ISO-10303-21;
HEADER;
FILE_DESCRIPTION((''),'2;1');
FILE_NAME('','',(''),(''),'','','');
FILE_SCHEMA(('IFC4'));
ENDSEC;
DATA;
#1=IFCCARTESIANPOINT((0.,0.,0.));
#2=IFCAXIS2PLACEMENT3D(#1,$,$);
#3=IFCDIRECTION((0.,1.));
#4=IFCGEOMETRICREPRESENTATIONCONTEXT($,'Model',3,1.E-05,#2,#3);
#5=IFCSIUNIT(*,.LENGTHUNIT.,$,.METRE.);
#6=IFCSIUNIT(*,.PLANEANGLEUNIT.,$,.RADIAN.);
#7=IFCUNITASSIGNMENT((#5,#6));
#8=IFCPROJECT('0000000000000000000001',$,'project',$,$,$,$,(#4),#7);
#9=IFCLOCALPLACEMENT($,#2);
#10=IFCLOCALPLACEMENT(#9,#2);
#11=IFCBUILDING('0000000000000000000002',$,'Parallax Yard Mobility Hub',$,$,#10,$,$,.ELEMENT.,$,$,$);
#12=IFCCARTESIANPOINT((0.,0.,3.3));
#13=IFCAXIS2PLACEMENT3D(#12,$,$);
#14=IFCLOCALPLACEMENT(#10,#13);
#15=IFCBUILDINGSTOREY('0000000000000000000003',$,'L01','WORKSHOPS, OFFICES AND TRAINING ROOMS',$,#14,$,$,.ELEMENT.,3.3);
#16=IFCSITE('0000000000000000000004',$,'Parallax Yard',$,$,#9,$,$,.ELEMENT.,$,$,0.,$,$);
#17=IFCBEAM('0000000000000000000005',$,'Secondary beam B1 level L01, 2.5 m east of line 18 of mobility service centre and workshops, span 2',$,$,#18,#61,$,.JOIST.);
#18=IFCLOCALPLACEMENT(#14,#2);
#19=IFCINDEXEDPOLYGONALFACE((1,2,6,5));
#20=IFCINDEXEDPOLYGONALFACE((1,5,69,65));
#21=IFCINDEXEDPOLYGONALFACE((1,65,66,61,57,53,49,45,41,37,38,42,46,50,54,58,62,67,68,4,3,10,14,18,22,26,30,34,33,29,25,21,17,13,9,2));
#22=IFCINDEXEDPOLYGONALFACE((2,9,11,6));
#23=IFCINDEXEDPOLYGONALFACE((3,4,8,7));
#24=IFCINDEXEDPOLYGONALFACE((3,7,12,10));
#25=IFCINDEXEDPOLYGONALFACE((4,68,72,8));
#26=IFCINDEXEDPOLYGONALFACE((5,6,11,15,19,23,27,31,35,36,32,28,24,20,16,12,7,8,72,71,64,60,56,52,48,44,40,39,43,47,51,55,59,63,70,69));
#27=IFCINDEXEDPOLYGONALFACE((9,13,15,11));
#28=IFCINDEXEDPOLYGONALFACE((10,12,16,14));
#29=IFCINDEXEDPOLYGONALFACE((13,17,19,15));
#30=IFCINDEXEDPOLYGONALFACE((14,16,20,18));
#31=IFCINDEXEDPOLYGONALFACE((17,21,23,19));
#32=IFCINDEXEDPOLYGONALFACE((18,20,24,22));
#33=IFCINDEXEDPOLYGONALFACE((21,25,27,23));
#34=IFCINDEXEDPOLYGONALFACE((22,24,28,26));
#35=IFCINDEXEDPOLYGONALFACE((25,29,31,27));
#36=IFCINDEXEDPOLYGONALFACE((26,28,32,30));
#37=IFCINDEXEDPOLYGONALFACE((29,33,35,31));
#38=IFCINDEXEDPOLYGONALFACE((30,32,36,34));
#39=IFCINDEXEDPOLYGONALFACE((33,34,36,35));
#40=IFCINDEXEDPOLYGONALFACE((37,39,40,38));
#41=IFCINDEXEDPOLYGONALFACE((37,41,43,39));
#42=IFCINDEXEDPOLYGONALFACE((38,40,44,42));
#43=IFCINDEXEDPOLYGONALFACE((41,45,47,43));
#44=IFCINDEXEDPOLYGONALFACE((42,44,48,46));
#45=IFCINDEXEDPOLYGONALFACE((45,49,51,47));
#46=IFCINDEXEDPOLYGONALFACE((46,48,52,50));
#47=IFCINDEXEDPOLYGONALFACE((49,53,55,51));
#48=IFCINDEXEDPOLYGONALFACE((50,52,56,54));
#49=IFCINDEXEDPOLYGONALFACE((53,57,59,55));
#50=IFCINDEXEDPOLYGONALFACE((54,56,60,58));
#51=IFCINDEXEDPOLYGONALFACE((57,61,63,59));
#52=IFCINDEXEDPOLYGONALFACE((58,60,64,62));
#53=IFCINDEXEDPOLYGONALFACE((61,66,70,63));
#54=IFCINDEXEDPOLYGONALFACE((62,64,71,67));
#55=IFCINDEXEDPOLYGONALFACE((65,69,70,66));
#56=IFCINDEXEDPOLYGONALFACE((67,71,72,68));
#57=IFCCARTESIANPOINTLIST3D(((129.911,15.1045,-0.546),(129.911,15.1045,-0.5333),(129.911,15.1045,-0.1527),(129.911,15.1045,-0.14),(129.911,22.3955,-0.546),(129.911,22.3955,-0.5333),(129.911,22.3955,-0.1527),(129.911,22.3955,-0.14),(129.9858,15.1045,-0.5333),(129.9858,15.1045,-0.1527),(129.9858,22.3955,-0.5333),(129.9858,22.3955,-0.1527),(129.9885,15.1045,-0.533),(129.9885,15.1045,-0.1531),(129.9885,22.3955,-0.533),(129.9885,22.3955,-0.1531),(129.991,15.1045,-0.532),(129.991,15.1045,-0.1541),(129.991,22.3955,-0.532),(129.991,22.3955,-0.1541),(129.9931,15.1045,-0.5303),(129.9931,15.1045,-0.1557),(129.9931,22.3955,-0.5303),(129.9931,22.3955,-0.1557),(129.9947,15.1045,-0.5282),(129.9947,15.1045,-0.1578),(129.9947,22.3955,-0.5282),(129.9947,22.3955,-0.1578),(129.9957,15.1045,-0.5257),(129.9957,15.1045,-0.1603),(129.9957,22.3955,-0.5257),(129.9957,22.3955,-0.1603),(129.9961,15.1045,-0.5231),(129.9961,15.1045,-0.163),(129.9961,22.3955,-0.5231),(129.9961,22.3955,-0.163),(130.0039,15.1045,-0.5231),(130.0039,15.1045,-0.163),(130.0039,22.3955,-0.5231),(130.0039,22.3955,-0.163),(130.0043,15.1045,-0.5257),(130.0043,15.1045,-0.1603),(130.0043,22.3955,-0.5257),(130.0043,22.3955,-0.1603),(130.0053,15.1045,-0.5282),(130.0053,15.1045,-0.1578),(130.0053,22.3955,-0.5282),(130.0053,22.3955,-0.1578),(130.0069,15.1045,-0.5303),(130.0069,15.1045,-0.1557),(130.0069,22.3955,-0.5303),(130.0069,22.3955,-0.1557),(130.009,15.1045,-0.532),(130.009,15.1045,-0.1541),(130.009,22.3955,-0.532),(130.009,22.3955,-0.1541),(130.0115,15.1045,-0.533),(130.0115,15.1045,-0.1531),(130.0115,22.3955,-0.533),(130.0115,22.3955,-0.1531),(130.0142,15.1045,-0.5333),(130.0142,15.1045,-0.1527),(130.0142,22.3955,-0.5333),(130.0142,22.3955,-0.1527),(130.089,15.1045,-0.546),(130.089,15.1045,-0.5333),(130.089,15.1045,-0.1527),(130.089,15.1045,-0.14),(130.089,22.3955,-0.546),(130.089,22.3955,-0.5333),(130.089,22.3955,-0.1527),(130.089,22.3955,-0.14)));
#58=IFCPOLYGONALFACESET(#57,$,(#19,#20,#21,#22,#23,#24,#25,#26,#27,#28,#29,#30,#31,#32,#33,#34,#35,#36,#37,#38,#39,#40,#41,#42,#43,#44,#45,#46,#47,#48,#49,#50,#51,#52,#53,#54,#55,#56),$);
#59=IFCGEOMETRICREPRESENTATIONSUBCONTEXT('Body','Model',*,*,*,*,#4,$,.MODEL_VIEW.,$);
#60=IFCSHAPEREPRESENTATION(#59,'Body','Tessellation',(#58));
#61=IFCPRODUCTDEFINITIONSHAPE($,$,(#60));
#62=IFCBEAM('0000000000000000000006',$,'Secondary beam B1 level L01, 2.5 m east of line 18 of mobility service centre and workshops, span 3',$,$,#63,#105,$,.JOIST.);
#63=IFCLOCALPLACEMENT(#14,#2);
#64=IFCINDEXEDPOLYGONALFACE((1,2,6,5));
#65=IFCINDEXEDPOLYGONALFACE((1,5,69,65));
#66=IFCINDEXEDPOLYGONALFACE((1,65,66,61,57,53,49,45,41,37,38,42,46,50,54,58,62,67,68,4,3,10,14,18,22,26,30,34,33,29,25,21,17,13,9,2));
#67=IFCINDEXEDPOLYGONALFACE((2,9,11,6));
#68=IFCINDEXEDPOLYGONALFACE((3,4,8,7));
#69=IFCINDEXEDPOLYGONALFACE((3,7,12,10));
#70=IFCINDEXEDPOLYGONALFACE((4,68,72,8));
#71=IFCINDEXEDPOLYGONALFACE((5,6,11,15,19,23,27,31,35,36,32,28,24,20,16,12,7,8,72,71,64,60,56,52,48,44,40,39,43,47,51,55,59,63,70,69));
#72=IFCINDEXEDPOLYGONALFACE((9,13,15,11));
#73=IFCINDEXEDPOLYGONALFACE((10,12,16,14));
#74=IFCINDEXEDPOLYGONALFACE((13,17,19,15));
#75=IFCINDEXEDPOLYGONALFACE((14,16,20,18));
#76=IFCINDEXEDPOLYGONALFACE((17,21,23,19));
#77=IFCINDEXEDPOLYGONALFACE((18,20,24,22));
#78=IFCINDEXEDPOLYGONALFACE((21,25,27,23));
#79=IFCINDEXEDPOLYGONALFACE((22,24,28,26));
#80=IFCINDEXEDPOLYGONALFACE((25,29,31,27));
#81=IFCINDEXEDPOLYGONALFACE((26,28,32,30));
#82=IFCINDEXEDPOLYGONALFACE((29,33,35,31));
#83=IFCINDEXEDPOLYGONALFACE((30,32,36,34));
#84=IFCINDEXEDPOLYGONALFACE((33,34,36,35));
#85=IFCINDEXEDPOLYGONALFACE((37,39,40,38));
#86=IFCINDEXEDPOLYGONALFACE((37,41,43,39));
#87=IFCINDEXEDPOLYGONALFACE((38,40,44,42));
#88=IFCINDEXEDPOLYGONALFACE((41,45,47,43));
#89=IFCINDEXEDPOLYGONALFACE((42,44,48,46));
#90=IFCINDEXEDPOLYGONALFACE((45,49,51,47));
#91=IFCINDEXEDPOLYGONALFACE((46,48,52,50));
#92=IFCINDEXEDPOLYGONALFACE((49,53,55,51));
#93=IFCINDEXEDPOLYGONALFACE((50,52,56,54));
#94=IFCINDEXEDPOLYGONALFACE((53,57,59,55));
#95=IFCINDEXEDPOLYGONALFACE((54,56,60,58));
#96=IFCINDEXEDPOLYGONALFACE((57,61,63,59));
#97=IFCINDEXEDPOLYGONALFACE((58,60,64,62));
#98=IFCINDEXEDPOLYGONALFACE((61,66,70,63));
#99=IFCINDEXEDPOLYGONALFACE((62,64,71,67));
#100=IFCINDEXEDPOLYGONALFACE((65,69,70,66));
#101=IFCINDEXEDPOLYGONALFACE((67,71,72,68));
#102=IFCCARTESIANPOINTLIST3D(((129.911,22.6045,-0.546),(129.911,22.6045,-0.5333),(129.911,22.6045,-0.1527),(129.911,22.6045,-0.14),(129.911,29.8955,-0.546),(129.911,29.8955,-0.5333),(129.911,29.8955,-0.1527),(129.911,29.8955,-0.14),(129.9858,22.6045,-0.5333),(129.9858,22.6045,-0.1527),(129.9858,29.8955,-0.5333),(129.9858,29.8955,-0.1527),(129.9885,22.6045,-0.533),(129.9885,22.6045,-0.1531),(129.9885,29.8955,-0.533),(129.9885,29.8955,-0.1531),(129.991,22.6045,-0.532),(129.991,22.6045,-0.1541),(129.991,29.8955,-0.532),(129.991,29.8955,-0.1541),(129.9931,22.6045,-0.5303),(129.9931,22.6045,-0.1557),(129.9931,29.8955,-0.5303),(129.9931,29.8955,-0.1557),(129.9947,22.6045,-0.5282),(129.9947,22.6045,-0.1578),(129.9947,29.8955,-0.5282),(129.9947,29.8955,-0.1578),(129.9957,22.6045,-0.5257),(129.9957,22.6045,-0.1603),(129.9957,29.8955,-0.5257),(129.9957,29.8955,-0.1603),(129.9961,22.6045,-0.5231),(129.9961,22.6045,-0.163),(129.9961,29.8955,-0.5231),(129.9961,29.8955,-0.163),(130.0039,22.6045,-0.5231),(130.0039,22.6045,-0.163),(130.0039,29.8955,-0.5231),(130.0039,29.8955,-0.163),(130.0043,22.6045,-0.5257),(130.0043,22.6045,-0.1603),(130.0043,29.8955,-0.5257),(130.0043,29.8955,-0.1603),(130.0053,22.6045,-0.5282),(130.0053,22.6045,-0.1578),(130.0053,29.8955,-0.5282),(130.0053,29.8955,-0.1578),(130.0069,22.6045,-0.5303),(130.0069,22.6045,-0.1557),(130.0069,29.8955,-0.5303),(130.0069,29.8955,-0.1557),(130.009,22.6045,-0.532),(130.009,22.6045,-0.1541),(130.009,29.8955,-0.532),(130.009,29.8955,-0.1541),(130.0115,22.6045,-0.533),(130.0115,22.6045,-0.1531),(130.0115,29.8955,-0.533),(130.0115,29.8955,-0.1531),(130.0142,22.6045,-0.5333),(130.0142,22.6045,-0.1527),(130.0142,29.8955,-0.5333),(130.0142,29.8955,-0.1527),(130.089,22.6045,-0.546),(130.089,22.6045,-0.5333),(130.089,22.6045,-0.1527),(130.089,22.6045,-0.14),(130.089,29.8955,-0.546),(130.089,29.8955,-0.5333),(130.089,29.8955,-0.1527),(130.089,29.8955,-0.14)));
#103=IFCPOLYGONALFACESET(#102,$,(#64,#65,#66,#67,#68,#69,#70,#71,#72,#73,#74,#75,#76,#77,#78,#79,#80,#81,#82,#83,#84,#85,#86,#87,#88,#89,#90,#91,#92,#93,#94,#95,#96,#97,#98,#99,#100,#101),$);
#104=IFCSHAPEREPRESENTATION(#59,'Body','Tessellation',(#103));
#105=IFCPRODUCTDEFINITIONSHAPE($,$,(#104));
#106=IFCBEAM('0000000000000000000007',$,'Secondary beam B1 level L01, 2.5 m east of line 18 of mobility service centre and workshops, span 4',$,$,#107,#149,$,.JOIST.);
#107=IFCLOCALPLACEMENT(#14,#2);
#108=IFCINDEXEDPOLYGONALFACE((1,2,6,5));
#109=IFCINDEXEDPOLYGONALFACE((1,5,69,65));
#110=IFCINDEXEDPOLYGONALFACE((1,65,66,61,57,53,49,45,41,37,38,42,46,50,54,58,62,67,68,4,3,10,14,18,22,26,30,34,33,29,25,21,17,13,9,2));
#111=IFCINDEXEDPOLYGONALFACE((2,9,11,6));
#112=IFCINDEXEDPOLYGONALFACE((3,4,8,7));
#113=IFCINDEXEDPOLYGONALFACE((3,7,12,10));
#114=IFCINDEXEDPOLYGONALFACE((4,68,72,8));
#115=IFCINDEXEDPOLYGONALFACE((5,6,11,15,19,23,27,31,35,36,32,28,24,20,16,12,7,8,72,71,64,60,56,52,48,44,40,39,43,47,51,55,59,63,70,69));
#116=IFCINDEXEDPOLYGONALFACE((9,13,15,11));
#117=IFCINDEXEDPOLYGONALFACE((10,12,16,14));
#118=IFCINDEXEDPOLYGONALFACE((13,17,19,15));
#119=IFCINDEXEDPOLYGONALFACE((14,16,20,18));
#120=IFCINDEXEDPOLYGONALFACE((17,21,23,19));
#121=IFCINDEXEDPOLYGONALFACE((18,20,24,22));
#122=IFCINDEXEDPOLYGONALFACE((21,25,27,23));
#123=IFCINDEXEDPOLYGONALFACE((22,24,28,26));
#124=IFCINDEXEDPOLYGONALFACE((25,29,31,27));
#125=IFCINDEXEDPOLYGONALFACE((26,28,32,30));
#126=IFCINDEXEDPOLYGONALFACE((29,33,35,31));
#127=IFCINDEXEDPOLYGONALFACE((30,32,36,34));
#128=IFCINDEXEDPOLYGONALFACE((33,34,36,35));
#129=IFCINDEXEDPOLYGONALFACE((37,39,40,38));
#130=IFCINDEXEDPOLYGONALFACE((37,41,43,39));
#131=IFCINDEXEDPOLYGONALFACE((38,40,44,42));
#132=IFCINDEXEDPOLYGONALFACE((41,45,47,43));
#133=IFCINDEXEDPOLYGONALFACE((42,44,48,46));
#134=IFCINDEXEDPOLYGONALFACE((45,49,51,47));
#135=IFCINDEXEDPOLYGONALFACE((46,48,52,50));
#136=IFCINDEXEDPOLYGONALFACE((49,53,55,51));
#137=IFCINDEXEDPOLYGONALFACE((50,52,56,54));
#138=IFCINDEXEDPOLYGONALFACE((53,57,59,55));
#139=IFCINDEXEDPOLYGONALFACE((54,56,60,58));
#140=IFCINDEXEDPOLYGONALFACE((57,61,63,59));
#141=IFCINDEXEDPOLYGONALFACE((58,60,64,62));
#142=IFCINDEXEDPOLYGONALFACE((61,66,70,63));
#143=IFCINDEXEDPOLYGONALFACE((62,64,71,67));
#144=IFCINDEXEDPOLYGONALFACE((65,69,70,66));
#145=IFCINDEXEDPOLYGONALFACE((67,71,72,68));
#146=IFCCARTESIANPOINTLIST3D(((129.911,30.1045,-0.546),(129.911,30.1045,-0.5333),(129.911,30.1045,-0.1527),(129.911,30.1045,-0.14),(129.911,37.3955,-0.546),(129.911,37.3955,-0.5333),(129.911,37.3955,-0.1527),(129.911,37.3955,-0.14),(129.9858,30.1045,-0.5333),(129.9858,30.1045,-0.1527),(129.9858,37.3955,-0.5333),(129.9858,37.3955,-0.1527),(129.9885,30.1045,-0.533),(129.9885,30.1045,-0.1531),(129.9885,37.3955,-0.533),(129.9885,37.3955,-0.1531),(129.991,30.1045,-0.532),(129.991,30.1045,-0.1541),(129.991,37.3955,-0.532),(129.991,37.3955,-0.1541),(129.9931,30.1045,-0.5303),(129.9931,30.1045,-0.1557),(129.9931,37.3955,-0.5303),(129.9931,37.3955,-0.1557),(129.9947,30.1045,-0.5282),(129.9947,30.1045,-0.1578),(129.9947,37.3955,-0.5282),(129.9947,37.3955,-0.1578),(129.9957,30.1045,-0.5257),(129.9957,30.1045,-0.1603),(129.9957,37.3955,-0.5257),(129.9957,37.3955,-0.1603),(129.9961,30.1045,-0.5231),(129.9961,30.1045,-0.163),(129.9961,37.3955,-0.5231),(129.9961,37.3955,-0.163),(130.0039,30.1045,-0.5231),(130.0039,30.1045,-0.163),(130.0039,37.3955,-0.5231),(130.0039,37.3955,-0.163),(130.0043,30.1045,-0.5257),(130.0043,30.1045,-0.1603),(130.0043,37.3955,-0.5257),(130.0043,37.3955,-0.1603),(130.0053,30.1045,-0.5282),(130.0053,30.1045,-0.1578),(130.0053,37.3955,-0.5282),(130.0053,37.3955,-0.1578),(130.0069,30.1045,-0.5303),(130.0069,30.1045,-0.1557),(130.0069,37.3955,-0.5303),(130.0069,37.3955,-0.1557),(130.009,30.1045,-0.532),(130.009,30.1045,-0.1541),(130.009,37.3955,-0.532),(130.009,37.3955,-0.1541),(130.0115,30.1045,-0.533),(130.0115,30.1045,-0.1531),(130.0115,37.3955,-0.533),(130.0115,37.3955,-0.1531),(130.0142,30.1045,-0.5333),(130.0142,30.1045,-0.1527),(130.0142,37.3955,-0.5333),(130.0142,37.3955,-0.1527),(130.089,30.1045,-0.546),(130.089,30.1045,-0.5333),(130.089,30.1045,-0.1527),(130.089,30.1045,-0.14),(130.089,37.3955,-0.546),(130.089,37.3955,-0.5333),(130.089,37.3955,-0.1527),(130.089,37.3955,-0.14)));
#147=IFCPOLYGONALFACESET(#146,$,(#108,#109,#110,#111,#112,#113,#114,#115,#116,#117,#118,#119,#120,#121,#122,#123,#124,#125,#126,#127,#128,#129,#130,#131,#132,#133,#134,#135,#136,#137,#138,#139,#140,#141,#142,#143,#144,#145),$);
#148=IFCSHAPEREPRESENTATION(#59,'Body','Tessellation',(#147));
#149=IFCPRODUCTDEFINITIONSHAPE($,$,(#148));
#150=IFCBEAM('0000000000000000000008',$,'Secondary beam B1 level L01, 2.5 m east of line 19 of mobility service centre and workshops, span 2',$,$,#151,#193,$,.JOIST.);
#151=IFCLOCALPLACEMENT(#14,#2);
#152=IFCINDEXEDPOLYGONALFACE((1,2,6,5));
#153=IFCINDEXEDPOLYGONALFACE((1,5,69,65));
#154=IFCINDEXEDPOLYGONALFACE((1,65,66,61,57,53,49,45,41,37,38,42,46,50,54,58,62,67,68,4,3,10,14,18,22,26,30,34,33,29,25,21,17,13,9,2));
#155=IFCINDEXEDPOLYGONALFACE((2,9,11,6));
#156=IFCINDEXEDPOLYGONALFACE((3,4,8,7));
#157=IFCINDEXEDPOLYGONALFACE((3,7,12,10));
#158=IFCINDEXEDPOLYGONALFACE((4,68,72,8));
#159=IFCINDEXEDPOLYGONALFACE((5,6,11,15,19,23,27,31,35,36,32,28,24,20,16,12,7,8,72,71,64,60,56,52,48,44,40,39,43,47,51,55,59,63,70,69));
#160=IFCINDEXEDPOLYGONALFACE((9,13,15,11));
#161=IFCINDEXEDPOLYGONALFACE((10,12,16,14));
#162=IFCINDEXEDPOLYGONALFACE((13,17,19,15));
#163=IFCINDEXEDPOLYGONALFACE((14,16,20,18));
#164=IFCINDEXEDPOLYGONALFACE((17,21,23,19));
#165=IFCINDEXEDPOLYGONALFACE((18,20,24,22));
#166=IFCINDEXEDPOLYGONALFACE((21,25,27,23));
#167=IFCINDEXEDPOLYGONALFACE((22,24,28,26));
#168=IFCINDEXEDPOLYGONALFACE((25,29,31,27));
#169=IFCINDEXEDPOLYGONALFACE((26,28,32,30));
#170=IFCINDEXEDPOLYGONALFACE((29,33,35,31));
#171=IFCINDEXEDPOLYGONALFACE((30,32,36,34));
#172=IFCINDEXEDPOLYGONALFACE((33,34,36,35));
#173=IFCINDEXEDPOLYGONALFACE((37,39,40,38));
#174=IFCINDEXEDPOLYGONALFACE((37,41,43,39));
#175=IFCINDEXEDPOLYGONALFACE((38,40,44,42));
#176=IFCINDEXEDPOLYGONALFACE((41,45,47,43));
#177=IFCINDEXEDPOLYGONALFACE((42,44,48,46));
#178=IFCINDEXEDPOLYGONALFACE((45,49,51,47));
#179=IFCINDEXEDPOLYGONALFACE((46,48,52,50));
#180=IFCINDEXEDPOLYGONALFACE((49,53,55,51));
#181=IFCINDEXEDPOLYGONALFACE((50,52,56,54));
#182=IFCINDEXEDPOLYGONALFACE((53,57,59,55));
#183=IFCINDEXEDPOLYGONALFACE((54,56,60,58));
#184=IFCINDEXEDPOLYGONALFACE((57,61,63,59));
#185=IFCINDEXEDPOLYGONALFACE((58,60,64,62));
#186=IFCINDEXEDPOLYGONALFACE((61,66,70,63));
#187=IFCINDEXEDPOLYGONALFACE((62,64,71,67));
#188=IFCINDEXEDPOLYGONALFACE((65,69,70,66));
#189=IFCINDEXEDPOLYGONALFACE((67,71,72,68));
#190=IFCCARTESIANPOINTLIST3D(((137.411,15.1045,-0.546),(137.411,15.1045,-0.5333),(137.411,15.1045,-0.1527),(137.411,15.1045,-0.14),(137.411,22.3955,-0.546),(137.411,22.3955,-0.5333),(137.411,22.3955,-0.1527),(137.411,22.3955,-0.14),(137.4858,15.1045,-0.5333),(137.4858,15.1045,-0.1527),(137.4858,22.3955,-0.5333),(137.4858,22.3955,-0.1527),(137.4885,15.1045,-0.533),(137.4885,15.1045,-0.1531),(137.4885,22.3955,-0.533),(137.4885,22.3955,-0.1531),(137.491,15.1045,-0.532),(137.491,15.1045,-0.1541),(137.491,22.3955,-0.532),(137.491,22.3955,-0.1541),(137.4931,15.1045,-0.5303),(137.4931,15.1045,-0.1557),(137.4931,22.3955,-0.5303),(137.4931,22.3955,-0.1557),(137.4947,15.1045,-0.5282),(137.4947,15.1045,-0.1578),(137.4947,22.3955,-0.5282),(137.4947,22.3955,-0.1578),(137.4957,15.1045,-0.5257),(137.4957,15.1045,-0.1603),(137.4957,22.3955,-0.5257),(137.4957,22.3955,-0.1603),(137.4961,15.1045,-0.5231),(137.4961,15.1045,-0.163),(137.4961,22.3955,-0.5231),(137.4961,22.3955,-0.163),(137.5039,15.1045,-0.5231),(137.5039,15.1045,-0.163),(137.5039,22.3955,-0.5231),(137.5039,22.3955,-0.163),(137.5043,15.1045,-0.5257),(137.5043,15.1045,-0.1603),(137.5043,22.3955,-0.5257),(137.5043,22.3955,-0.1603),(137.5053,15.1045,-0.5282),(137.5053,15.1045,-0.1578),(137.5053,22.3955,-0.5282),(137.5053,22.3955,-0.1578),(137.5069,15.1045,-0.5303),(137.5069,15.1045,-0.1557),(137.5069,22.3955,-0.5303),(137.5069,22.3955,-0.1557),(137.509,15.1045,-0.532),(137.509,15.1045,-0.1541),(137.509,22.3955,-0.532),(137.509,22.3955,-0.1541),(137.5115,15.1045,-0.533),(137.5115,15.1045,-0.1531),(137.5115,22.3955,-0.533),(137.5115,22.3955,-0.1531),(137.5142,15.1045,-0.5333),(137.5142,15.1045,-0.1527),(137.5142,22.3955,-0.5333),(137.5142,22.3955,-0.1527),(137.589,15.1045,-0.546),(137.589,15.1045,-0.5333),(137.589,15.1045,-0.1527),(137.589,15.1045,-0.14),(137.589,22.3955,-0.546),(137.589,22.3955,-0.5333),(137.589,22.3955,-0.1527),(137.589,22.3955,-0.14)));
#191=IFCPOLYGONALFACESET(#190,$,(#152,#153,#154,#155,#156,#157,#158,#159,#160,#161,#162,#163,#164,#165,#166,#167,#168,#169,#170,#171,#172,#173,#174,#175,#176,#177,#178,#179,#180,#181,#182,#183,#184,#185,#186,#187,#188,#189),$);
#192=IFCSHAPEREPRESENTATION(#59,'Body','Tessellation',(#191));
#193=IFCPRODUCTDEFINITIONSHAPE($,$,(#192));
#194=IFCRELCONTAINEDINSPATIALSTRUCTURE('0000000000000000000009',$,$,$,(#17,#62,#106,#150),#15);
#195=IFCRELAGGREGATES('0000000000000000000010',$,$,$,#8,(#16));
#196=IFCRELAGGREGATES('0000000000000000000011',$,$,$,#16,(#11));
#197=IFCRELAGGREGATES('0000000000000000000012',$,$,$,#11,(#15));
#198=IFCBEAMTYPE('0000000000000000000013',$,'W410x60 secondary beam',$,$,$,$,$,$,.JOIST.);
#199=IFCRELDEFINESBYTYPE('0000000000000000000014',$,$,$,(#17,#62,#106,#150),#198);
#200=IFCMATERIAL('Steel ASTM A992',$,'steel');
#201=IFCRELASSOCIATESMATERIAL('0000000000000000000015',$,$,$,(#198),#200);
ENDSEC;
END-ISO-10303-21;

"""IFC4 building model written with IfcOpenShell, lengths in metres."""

from ifc_helpers import new_model, si_unit, direction, frame, origin, origin_2d, place, context, subcontext, project, spatial, i_section, extrude, material, material_profile, profile_set, type_object, element, save


model = new_model("IFC4")

# Units and contexts
model_context = context("Model", 3, precision=1e-05, world=origin(), true_north=direction((0.0, 1.0)))
body_context = subcontext(model_context, "Body", "Model", "MODEL_VIEW")
ifc_project = project(units=[si_unit("LENGTHUNIT", "METRE"), si_unit("PLANEANGLEUNIT", "RADIAN")], contexts=[model_context])

# Site, building, storey
site_placement = place(None, origin())
site = spatial("IfcSite", under=ifc_project, at=site_placement, Name="Parallax Yard", CompositionType="ELEMENT", RefElevation=0.0)
building_placement = place(site_placement, origin())
building = spatial("IfcBuilding", under=site, at=building_placement, Name="Parallax Yard Mobility Hub", CompositionType="ELEMENT")
storey_placement = place(building_placement, frame((0.0, 0.0, 3.3)))
storey = spatial("IfcBuildingStorey", under=building, at=storey_placement, Name="L01", Description="WORKSHOPS, OFFICES AND TRAINING ROOMS", CompositionType="ELEMENT", Elevation=3.3)

# Shared definitions
ifc_material_1 = material(Name="Steel ASTM A992", Category="steel")

# Beams
ifc_material_profile_1 = material_profile(ifc_material_1, i_section(OverallWidth=0.178, OverallDepth=0.406, WebThickness=0.0078, FlangeThickness=0.0127, FilletRadius=0.0103, at=origin_2d()), Name="W410x60")
ifc_profile_set_1 = profile_set([ifc_material_profile_1], Name="Steel ASTM A992")
beam_type_1 = type_object("IfcBeamType", Name="W410x60 secondary beam", PredefinedType="JOIST", material=ifc_profile_set_1)
for number, where, z_axis, x_axis, name in (
    (1, (130.0, 15.1045, -0.343), (0.0, 1.0, 0.0), (-1.0, 0.0, 0.0), "Secondary beam B1 level L01, 2.5 m east of line 18 of mobility service centre and workshops, span 2"),
    (2, (130.0, 22.6045, -0.343), (0.0, 1.0, 0.0), (-1.0, 0.0, 0.0), "Secondary beam B1 level L01, 2.5 m east of line 18 of mobility service centre and workshops, span 3"),
    (3, (130.0, 30.1045, -0.343), (0.0, 1.0, 0.0), (-1.0, 0.0, 0.0), "Secondary beam B1 level L01, 2.5 m east of line 18 of mobility service centre and workshops, span 4"),
    (4, (137.5, 15.1045, -0.343), (0.0, 1.0, 0.0), (-1.0, 0.0, 0.0), "Secondary beam B1 level L01, 2.5 m east of line 19 of mobility service centre and workshops, span 2"),
):
    element("IfcBeam", number, at=place(storey_placement, frame(where, z_axis=z_axis, x_axis=x_axis)), inside=storey, type_object=beam_type_1, Name=name, PredefinedType="JOIST", context=body_context, shape_type="SweptSolid", body=[
        extrude(i_section(OverallWidth=0.178, OverallDepth=0.406, WebThickness=0.0078, FlangeThickness=0.0127, FilletRadius=0.0103, at=origin_2d()), origin(), (0.0, 0.0, 1.0), 7.291),
    ])

save(model, "model.ifc")
